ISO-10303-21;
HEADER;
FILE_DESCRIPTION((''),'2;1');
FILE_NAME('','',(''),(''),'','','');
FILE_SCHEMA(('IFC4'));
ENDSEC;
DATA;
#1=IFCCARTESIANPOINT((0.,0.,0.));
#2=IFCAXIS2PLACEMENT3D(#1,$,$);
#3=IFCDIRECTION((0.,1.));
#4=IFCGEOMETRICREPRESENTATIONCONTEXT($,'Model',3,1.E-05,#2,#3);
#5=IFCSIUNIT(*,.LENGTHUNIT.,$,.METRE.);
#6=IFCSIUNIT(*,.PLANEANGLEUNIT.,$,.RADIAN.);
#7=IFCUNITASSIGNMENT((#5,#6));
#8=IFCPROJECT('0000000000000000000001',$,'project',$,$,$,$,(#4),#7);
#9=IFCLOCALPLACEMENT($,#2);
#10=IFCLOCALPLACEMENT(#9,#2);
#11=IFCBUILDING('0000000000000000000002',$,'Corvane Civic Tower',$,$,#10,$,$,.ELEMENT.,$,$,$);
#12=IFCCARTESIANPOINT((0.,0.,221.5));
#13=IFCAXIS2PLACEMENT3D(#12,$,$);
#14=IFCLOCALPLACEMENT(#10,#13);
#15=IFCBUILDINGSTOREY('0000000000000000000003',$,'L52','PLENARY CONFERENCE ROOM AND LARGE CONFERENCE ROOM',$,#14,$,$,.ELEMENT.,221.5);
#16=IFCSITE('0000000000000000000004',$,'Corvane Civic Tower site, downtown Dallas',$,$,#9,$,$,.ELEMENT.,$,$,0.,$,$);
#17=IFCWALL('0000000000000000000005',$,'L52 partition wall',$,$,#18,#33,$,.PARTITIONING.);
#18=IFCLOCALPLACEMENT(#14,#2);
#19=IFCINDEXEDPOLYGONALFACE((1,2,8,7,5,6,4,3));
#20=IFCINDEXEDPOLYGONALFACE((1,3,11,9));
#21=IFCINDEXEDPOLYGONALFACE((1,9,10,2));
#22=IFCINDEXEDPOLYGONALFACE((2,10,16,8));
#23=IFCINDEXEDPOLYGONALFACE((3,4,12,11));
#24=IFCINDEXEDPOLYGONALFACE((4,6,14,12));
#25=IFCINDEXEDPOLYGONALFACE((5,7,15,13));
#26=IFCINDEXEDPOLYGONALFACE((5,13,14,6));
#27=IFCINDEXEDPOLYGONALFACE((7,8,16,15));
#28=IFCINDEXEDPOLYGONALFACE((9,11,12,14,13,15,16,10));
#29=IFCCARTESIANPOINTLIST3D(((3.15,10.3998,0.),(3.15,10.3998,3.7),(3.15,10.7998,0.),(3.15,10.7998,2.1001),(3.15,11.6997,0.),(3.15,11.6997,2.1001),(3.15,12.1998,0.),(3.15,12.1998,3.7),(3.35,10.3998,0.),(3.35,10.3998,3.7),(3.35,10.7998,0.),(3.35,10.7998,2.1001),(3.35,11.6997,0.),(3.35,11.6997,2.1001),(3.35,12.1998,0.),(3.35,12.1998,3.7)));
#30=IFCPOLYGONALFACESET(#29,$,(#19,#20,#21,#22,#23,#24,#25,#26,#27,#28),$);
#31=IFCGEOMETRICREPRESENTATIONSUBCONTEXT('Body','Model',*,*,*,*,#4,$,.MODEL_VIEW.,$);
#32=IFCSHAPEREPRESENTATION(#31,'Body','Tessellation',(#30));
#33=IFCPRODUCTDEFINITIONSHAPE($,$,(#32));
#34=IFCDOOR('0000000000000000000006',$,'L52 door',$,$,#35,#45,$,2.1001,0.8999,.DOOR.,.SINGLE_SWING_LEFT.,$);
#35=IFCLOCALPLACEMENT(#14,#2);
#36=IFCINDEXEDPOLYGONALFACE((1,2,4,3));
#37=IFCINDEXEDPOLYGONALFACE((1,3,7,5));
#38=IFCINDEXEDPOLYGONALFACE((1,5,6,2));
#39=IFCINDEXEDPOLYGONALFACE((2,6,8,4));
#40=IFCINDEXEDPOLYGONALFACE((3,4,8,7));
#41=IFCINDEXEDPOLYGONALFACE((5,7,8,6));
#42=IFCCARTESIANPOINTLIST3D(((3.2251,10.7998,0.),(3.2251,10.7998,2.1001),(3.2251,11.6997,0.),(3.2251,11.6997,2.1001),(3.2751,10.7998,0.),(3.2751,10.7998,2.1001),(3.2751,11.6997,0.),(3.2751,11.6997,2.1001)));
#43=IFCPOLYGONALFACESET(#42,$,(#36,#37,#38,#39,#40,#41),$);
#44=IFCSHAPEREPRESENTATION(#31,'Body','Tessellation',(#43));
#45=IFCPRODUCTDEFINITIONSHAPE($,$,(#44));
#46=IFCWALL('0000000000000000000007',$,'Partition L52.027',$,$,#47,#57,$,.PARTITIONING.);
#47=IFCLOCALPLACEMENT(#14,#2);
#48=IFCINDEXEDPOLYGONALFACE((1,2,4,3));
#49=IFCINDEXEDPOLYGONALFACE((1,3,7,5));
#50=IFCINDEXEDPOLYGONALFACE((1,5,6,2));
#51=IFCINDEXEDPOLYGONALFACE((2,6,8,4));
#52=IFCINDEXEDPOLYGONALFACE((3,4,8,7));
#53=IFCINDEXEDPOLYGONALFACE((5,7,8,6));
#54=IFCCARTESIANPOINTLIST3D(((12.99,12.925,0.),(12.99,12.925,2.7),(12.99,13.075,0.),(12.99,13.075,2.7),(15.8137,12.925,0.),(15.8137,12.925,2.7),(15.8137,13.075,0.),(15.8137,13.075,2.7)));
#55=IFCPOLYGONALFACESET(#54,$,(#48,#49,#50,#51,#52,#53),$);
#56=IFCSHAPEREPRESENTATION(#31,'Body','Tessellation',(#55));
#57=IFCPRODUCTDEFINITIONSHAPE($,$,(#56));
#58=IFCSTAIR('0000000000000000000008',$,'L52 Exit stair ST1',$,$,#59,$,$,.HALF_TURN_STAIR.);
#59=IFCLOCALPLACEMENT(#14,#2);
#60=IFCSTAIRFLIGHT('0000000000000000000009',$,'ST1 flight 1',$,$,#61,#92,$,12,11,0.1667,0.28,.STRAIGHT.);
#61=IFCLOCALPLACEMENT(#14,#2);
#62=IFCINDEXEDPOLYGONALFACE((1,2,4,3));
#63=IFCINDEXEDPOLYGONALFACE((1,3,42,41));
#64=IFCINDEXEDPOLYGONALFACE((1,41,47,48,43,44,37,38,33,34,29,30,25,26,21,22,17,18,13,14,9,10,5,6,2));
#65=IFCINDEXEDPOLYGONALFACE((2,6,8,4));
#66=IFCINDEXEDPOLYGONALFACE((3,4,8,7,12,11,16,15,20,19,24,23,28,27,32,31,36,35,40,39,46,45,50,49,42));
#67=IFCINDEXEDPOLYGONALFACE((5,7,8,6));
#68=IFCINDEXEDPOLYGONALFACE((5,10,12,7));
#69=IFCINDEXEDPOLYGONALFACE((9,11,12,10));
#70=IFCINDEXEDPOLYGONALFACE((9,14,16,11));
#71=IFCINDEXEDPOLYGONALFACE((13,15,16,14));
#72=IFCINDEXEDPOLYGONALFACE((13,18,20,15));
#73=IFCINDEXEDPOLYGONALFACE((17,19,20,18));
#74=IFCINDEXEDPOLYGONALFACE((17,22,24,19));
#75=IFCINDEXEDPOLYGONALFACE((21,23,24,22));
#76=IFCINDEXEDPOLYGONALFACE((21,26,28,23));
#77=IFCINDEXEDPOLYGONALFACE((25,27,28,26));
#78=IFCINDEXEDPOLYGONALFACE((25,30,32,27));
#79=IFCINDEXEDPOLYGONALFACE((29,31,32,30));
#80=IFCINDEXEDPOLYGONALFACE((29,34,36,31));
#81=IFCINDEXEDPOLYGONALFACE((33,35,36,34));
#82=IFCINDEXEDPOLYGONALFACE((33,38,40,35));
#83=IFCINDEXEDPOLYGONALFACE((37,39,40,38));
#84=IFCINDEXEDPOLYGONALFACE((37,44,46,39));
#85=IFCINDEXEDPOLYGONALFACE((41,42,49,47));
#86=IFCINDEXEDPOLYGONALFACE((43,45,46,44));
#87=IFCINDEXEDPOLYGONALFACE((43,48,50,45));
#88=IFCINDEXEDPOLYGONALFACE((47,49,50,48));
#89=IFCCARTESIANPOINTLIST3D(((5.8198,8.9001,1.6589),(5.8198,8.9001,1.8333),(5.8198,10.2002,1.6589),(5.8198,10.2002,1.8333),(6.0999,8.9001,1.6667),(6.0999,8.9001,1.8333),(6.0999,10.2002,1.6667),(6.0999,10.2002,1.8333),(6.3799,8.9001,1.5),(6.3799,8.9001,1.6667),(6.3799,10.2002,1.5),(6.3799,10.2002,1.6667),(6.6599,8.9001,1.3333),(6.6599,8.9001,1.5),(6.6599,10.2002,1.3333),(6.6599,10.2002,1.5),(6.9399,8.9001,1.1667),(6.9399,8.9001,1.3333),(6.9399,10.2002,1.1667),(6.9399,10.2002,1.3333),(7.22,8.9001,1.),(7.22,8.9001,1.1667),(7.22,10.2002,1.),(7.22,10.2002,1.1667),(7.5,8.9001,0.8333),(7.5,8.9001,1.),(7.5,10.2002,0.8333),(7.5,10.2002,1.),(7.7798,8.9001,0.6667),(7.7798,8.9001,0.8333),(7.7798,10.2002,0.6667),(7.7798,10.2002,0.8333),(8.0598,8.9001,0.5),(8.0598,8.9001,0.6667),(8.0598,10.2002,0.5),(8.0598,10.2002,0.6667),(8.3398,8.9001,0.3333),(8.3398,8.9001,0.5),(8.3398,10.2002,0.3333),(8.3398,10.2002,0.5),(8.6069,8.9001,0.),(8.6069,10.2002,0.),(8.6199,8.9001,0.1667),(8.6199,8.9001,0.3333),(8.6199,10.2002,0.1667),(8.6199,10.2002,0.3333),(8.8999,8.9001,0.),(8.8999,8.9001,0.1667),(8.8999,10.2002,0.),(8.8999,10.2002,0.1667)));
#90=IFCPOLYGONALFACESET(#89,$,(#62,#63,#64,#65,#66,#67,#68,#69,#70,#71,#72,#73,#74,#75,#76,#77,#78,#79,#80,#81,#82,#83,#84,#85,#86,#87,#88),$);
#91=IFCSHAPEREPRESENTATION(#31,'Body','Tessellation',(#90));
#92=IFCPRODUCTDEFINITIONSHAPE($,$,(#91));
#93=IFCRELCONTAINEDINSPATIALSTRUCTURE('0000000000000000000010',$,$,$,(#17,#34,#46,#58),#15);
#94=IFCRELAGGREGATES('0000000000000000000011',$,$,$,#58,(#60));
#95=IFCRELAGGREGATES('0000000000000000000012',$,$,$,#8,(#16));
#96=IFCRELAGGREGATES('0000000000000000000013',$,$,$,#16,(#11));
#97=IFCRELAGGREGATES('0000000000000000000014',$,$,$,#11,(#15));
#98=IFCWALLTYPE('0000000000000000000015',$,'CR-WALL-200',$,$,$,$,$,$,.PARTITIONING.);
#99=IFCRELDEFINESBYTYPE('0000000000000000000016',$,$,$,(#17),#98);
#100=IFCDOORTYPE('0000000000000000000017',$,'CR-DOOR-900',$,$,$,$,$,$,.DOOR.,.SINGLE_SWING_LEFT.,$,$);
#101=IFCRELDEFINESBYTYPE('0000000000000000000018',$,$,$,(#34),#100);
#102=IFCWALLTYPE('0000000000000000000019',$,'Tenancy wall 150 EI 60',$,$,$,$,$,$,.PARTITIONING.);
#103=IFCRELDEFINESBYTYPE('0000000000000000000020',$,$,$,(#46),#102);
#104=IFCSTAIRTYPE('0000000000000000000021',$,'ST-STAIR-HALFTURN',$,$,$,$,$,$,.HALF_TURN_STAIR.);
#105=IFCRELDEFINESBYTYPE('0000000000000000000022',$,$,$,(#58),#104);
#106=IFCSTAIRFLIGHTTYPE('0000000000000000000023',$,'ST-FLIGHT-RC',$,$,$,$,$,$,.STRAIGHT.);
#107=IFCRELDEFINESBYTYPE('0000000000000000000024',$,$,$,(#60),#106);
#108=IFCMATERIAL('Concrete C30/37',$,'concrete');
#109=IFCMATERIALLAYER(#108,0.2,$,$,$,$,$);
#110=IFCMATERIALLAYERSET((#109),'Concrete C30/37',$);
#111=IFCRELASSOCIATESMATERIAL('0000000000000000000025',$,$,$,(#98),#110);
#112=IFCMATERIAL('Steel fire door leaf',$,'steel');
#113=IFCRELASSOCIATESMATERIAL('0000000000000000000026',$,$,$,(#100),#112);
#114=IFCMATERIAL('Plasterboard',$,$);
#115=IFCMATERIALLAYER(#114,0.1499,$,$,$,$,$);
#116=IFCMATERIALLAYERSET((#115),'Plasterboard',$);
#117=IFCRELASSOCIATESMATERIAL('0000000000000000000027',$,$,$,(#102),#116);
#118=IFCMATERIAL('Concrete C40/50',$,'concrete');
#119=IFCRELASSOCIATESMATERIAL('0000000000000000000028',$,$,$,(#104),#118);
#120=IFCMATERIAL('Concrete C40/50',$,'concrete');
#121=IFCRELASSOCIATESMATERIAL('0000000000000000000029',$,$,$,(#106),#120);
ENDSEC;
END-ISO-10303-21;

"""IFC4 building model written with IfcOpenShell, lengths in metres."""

from ifc_helpers import new_model, si_unit, direction, frame, frame_2d, origin, place, context, subcontext, project, spatial, polyline, rectangle, outline, extrude, material, layer, layer_set, type_object, element, fill, aggregate, save


model = new_model("IFC4")

# Units and contexts
model_context = context("Model", 3, precision=1e-05, world=origin(), true_north=direction((0.0, 1.0)))
body_context = subcontext(model_context, "Body", "Model", "MODEL_VIEW")
ifc_project = project(units=[si_unit("LENGTHUNIT", "METRE"), si_unit("PLANEANGLEUNIT", "RADIAN")], contexts=[model_context])

# Site, building, storey
site_placement = place(None, origin())
site = spatial("IfcSite", under=ifc_project, at=site_placement, Name="Corvane Civic Tower site, downtown Dallas", CompositionType="ELEMENT", RefElevation=0.0)
building_placement = place(site_placement, origin())
building = spatial("IfcBuilding", under=site, at=building_placement, Name="Corvane Civic Tower", CompositionType="ELEMENT")
storey_placement = place(building_placement, frame((0.0, 0.0, 221.5)))
storey = spatial("IfcBuildingStorey", under=building, at=storey_placement, Name="L52", Description="PLENARY CONFERENCE ROOM AND LARGE CONFERENCE ROOM", CompositionType="ELEMENT", Elevation=221.5)

# Wall, opening, door
ifc_material_1 = material(Name="Concrete C30/37", Category="concrete")
ifc_layer_1 = layer(ifc_material_1, 0.2)
ifc_layer_set_1 = layer_set([ifc_layer_1], Name="Concrete C30/37")
wall_type_1 = type_object("IfcWallType", Name="CR-WALL-200", PredefinedType="PARTITIONING", material=ifc_layer_set_1)
ifc_material_2 = material(Name="Steel fire door leaf", Category="steel")
door_type = type_object("IfcDoorType", Name="CR-DOOR-900", OperationType="SINGLE_SWING_LEFT", PredefinedType="DOOR", material=ifc_material_2)
wall_1_placement = place(storey_placement, frame((3.25, 10.3999, 0.0), z_axis=(0.0, 0.0, 1.0), x_axis=(0.0, 1.0, 0.0)))
wall_1 = element("IfcWall", 1, at=wall_1_placement, inside=storey, type_object=wall_type_1, Name="L52 partition wall", PredefinedType="PARTITIONING", context=body_context, shape_type="SweptSolid", body=[
    extrude(rectangle(XDim=1.8, YDim=0.2, at=frame_2d((0.8999, 0.0))), origin(), (0.0, 0.0, 1.0), 3.7),
])
opening_1_placement = place(wall_1_placement, frame((0.3999, 0.0, 0.0)))
opening_1 = element("IfcOpeningElement", 2, at=opening_1_placement, cuts=wall_1, PredefinedType="OPENING", context=body_context, shape_type="SweptSolid", body=[
    extrude(rectangle(XDim=0.8999, YDim=2.1001, at=frame_2d((0.45, 1.05))), frame((0.0, 0.1099, 0.0), z_axis=(0.0, -1.0, 0.0), x_axis=(1.0, 0.0, 0.0)), (0.0, 0.0, 1.0), 0.22),
])
door_1_placement = place(opening_1_placement, origin())
door_1 = element("IfcDoor", 3, at=door_1_placement, inside=storey, type_object=door_type, Name="L52 door", OperationType="SINGLE_SWING_LEFT", OverallHeight=2.1001, OverallWidth=0.8999, PredefinedType="DOOR", context=body_context, shape_type="SweptSolid", body=[
    extrude(rectangle(XDim=0.8999, YDim=2.1001, at=frame_2d((0.45, 1.05))), frame((0.0, 0.0249, 0.0), z_axis=(0.0, -1.0, 0.0), x_axis=(1.0, 0.0, 0.0)), (0.0, 0.0, 1.0), 0.05),
])
fill(opening_1, door_1)

# Wall
ifc_material_3 = material(Name="Plasterboard")
ifc_layer_2 = layer(ifc_material_3, 0.1499)
ifc_layer_set_2 = layer_set([ifc_layer_2], Name="Plasterboard")
wall_type_2 = type_object("IfcWallType", Name="Tenancy wall 150 EI 60", PredefinedType="PARTITIONING", material=ifc_layer_set_2)
wall_2_placement = place(storey_placement, frame((12.99, 13.0, 0.0), z_axis=(0.0, 0.0, 1.0), x_axis=(1.0, 0.0, 0.0)))
element("IfcWall", 4, at=wall_2_placement, inside=storey, type_object=wall_type_2, Name="Partition L52.027", PredefinedType="PARTITIONING", context=body_context, shape_type="SweptSolid", body=[
    extrude(rectangle(XDim=2.8237, YDim=0.1499, at=frame_2d((1.4119, 0.0))), origin(), (0.0, 0.0, 1.0), 2.7),
])

# Stair, stair flight
ifc_material_4 = material(Name="Concrete C40/50", Category="concrete")
stair_type = type_object("IfcStairType", Name="ST-STAIR-HALFTURN", PredefinedType="HALF_TURN_STAIR", material=ifc_material_4)
stair_placement = place(storey_placement, origin())
stair = element("IfcStair", 5, at=stair_placement, inside=storey, type_object=stair_type, Name="L52 Exit stair ST1", PredefinedType="HALF_TURN_STAIR")
ifc_material_5 = material(Name="Concrete C40/50", Category="concrete")
stair_flight_type = type_object("IfcStairFlightType", Name="ST-FLIGHT-RC", PredefinedType="STRAIGHT", material=ifc_material_5)
stair_flight_placement = place(storey_placement, frame((8.8999, 9.55, 0.0), z_axis=(0.0, 0.0, 1.0), x_axis=(-1.0, 0.0, 0.0)))
stair_flight = element("IfcStairFlight", 6, at=stair_flight_placement, type_object=stair_flight_type, Name="ST1 flight 1", NumberOfRisers=12, NumberOfTreads=11, PredefinedType="STRAIGHT", RiserHeight=0.1667, TreadLength=0.28, context=body_context, shape_type="SweptSolid", body=[
    extrude(outline(polyline([(0.0, 0.0), (0.0, 0.1667), (0.28, 0.1667), (0.28, 0.3333), (0.5601, 0.3333), (0.5601, 0.5), (0.8401, 0.5), (0.8401, 0.6667), (1.1201, 0.6667), (1.1201, 0.8333), (1.3999, 0.8333), (1.3999, 1.0), (1.6799, 1.0), (1.6799, 1.1667), (1.96, 1.1667), (1.96, 1.3333), (2.24, 1.3333), (2.24, 1.5), (2.52, 1.5), (2.52, 1.6667), (2.8, 1.6667), (2.8, 1.8333), (3.0801, 1.8333), (3.0801, 2.0), (3.0801, 1.6589), (0.293, 0.0), (0.0, 0.0)])), frame((0.0, 0.6499, 0.0), z_axis=(0.0, -1.0, 0.0), x_axis=(1.0, 0.0, 0.0)), (0.0, 0.0, 1.0), 1.3),
])
aggregate(stair, [stair_flight])

save(model, "model.ifc")
